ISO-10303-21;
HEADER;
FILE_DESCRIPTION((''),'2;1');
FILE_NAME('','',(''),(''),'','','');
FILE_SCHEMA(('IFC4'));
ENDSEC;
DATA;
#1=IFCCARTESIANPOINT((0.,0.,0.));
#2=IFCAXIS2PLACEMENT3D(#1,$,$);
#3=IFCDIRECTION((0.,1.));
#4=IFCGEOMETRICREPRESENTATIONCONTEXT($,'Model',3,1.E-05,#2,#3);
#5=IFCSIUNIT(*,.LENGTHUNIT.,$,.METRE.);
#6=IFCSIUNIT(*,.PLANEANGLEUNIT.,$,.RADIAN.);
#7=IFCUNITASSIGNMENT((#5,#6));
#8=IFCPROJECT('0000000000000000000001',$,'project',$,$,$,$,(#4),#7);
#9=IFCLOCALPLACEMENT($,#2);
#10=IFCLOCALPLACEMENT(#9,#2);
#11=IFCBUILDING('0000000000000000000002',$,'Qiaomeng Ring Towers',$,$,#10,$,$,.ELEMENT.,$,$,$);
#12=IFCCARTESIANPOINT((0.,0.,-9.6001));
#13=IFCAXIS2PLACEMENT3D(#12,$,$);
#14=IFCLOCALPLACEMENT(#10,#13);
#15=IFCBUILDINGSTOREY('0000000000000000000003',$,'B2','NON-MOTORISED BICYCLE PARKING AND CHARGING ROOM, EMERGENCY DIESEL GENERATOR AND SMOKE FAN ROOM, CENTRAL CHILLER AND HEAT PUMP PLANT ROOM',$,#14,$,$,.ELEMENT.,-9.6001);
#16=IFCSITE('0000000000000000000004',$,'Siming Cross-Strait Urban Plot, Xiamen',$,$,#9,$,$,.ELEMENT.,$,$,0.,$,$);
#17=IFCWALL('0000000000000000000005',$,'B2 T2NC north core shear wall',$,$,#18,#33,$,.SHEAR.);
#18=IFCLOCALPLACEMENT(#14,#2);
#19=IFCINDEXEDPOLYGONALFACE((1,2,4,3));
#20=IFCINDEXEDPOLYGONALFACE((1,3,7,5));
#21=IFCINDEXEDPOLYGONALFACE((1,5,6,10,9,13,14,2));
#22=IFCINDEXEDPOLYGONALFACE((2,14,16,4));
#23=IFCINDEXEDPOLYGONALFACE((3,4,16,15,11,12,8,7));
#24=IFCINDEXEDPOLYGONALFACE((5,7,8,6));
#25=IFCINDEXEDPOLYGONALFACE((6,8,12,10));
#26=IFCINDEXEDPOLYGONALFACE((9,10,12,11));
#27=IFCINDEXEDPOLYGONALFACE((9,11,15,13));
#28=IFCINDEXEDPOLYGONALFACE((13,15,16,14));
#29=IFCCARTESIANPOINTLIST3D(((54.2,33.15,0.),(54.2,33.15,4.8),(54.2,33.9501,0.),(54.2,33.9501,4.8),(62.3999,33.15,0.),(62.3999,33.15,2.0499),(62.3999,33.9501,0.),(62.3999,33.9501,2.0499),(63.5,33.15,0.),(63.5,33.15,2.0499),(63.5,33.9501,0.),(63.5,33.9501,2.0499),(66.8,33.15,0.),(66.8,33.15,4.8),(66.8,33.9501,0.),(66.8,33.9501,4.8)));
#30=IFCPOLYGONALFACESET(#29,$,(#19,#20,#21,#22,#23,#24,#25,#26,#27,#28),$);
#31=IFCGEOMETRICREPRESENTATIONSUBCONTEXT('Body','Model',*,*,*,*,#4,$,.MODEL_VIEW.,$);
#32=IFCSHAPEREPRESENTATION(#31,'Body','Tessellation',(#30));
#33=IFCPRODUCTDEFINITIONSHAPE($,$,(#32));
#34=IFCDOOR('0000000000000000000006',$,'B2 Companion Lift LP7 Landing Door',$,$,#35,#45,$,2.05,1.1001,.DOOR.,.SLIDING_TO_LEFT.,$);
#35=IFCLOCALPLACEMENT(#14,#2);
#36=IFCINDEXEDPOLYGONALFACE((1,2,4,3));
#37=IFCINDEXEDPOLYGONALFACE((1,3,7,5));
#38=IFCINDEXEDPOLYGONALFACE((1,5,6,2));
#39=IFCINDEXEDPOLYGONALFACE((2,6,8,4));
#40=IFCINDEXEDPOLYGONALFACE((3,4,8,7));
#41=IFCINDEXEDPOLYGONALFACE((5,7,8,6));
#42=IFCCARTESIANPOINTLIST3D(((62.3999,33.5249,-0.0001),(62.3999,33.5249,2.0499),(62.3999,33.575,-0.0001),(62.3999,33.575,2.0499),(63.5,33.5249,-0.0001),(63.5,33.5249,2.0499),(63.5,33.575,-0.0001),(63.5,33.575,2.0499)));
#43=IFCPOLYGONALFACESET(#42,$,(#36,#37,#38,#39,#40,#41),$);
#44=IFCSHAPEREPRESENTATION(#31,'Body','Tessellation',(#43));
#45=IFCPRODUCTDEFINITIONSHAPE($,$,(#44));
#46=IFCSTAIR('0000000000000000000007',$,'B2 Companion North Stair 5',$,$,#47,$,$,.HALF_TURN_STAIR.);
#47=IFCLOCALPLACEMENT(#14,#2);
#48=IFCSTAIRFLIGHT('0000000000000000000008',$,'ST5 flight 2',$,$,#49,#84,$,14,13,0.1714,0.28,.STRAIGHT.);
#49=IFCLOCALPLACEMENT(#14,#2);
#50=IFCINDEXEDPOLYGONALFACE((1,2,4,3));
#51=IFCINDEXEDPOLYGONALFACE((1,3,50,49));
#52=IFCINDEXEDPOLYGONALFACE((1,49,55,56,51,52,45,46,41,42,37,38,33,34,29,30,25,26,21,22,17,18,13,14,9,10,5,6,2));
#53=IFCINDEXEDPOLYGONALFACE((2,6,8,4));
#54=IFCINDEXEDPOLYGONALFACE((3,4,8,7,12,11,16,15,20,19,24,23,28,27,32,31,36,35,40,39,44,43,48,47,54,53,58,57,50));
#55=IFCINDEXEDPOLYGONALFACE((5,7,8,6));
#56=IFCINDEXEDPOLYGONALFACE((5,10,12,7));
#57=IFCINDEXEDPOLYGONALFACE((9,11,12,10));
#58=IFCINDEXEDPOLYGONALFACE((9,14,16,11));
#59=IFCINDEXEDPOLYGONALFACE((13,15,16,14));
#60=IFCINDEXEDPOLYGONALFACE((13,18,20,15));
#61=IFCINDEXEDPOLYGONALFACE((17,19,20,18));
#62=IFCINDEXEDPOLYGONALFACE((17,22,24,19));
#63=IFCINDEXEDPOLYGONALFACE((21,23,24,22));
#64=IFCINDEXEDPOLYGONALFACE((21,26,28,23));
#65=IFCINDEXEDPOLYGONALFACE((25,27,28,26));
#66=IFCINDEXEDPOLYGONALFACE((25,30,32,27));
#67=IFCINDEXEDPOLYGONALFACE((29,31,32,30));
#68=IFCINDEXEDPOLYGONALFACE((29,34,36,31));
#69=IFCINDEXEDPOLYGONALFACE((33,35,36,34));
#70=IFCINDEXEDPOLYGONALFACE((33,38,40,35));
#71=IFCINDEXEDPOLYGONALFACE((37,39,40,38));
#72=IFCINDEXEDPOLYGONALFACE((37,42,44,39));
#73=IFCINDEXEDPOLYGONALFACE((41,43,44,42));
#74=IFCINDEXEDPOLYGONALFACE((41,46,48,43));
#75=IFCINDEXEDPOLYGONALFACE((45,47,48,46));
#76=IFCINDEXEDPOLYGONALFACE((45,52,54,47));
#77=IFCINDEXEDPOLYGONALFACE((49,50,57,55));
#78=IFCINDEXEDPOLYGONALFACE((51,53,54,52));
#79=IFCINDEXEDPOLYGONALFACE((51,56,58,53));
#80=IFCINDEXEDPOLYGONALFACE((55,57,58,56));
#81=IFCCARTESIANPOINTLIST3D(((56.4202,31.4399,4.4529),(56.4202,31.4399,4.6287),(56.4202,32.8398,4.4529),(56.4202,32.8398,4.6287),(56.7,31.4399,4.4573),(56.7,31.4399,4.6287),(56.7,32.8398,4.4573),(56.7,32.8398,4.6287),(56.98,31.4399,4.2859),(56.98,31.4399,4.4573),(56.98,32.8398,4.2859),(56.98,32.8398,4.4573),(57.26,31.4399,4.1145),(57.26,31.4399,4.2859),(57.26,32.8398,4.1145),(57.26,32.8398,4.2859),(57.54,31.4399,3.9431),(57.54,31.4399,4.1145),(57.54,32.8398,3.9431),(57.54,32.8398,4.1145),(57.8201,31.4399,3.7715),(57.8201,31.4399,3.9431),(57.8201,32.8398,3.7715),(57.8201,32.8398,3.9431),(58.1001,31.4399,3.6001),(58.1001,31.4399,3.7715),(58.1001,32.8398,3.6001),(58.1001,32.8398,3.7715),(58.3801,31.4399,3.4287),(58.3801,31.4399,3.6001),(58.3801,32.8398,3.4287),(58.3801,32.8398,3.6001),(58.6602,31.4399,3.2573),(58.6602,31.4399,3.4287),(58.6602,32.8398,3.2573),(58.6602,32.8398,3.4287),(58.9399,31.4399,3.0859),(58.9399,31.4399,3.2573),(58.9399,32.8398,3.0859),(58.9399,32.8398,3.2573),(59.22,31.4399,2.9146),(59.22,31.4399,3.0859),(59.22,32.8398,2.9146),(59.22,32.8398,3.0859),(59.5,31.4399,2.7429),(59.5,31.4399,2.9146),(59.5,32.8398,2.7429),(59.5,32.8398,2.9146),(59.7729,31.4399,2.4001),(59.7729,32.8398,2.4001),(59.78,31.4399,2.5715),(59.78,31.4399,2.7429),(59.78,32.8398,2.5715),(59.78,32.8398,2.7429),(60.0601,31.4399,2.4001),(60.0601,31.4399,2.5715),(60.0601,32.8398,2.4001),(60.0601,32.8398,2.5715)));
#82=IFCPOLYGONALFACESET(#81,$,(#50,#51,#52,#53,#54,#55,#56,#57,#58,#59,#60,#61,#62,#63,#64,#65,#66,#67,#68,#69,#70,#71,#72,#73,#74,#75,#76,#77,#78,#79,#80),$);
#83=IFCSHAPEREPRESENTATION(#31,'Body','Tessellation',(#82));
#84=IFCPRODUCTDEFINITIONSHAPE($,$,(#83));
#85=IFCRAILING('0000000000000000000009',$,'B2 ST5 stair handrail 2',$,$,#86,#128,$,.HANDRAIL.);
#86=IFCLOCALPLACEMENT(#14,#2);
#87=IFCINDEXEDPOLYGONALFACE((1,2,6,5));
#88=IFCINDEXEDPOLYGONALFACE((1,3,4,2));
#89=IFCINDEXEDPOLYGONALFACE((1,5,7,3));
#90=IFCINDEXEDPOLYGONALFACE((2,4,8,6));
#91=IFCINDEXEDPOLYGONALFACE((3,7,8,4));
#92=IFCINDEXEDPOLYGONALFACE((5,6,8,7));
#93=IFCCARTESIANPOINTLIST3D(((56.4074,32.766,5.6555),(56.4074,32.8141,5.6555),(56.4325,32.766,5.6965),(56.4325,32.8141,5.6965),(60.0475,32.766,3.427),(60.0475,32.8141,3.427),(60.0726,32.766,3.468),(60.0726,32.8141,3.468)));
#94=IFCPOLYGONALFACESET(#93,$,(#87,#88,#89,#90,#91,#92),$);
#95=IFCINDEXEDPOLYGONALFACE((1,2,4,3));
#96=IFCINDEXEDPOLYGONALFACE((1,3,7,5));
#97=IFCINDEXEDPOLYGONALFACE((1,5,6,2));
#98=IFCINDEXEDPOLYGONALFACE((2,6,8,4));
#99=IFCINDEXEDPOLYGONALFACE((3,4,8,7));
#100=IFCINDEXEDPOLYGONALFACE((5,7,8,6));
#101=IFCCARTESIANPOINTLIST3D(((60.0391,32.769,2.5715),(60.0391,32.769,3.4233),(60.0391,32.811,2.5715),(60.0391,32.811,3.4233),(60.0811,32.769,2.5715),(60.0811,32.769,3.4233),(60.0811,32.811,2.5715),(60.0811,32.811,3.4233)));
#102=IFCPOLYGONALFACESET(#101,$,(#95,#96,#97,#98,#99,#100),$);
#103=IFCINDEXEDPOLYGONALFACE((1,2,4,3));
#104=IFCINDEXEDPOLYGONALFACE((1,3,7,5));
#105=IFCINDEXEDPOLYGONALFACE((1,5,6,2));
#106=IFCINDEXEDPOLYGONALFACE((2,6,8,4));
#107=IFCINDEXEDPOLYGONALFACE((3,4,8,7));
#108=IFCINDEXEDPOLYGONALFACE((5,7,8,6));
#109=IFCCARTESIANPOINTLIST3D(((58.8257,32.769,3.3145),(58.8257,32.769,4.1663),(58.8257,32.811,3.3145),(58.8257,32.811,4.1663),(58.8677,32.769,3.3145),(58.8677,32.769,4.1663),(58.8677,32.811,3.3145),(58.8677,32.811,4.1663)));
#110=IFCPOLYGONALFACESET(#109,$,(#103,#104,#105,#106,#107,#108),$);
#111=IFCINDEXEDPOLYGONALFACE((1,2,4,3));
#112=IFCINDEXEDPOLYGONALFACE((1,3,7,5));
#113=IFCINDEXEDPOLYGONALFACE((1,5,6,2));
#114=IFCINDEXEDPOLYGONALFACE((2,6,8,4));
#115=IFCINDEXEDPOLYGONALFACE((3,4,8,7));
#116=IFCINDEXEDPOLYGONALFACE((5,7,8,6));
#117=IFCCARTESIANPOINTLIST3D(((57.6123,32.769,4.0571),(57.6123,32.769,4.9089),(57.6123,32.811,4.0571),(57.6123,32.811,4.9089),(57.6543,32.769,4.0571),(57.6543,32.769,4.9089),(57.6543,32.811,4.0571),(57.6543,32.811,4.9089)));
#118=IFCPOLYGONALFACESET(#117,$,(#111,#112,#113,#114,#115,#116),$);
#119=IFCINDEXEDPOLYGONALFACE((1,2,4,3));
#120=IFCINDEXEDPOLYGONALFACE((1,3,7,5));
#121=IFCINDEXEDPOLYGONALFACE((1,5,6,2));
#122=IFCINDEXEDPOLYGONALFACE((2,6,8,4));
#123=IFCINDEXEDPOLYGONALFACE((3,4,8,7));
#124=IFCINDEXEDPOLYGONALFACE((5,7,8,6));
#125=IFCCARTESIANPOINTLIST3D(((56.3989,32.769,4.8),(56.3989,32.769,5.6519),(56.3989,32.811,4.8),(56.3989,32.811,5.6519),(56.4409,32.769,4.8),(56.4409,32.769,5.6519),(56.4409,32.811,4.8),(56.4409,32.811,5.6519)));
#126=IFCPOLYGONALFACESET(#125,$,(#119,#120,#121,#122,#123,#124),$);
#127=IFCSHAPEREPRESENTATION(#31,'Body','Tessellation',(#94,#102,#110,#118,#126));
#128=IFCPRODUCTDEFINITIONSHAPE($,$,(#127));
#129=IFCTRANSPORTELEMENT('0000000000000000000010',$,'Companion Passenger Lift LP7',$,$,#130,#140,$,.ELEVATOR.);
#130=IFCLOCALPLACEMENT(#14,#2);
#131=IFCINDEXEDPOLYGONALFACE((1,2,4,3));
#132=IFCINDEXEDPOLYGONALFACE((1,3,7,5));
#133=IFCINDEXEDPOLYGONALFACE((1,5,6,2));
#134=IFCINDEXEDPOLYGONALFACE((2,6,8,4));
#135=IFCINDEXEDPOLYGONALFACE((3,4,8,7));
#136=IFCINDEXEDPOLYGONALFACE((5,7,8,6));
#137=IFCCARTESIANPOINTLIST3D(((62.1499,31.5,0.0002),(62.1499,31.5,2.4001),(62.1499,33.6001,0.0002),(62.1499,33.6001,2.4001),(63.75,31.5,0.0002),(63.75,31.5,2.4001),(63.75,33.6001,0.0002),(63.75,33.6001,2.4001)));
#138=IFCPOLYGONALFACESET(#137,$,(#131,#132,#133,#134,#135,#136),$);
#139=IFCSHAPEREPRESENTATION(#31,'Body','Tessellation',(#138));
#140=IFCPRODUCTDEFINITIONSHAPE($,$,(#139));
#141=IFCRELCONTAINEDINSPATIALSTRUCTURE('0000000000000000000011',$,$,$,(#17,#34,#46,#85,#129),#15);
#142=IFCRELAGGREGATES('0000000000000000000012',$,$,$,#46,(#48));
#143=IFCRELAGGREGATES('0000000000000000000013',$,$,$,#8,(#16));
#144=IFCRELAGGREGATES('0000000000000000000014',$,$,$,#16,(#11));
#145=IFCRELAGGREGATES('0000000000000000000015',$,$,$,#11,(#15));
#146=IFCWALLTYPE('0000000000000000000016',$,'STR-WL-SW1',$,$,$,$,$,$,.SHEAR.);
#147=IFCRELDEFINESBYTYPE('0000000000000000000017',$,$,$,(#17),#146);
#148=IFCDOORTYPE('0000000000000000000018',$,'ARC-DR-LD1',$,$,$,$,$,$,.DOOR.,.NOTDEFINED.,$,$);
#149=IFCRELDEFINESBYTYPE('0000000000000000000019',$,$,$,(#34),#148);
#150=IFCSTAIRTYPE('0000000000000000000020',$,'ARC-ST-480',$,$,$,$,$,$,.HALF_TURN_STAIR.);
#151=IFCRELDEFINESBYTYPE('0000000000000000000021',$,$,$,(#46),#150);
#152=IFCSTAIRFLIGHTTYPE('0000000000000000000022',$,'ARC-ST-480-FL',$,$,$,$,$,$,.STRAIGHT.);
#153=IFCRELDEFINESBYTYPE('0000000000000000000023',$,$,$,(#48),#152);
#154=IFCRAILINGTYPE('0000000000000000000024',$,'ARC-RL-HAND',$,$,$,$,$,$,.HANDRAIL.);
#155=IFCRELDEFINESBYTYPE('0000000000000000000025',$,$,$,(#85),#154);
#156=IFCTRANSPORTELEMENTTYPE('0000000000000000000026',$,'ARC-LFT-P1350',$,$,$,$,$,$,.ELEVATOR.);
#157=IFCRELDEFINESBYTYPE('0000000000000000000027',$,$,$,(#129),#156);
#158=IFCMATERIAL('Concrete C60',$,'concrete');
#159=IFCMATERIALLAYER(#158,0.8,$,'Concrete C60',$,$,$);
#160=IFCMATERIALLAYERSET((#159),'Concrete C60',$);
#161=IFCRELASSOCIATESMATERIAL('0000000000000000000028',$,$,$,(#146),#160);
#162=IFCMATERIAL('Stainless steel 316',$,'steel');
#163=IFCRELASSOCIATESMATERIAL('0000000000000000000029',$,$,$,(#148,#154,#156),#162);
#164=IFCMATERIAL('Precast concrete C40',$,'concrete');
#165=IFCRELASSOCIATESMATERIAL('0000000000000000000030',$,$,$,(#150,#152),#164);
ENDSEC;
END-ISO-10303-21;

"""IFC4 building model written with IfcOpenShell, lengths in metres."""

from ifc_helpers import new_model, si_unit, direction, frame, frame_2d, origin, origin_2d, place, context, subcontext, project, spatial, polyline, rectangle, outline, extrude, source, transform, mapped, material, layer, layer_set, type_object, element, fill, aggregate, save


model = new_model("IFC4")

# Units and contexts
model_context = context("Model", 3, precision=1e-05, world=origin(), true_north=direction((0.0, 1.0)))
body_context = subcontext(model_context, "Body", "Model", "MODEL_VIEW")
ifc_project = project(units=[si_unit("LENGTHUNIT", "METRE"), si_unit("PLANEANGLEUNIT", "RADIAN")], contexts=[model_context])

# Site, building, storey
site_placement = place(None, origin())
site = spatial("IfcSite", under=ifc_project, at=site_placement, Name="Siming Cross-Strait Urban Plot, Xiamen", CompositionType="ELEMENT", RefElevation=0.0)
building_placement = place(site_placement, origin())
building = spatial("IfcBuilding", under=site, at=building_placement, Name="Qiaomeng Ring Towers", CompositionType="ELEMENT")
storey_placement = place(building_placement, frame((0.0, 0.0, -9.6001)))
storey = spatial("IfcBuildingStorey", under=building, at=storey_placement, Name="B2", Description="NON-MOTORISED BICYCLE PARKING AND CHARGING ROOM, EMERGENCY DIESEL GENERATOR AND SMOKE FAN ROOM, CENTRAL CHILLER AND HEAT PUMP PLANT ROOM", CompositionType="ELEMENT", Elevation=-9.6001)

# Shared definitions
ifc_material_1 = material(Name="Concrete C60", Category="concrete")

# Shared definitions
shared_shape_1 = source(origin(), body_context, "Body", "SweptSolid", [
    extrude(rectangle(XDim=1.1001, YDim=2.05, at=frame_2d((0.55, 1.0249))), frame((0.0, 0.0249, 0.0), z_axis=(0.0, -1.0, 0.0), x_axis=(1.0, 0.0, 0.0)), (0.0, 0.0, 1.0), 0.05),
])

# Wall, opening, door
ifc_layer_1 = layer(ifc_material_1, 0.8, Name="Concrete C60")
ifc_layer_set_1 = layer_set([ifc_layer_1], Name="Concrete C60")
wall_type_1 = type_object("IfcWallType", Name="STR-WL-SW1", PredefinedType="SHEAR", material=ifc_layer_set_1)
wall_1_placement = place(storey_placement, frame((54.2, 33.55, 0.0), z_axis=(0.0, 0.0, 1.0), x_axis=(1.0, 0.0, 0.0)))
wall_1 = element("IfcWall", 1, at=wall_1_placement, inside=storey, type_object=wall_type_1, Name="B2 T2NC north core shear wall", PredefinedType="SHEAR", context=body_context, shape_type="SweptSolid", body=[
    extrude(rectangle(XDim=12.6001, YDim=0.8, at=frame_2d((6.3, 0.0))), origin(), (0.0, 0.0, 1.0), 4.8),
])
opening_1_placement = place(wall_1_placement, frame((8.2, 0.0, 0.0)))
opening_1 = element("IfcOpeningElement", 2, at=opening_1_placement, cuts=wall_1, PredefinedType="OPENING", context=body_context, shape_type="SweptSolid", body=[
    extrude(rectangle(XDim=1.1001, YDim=2.05, at=frame_2d((0.55, 1.0249))), frame((0.0, 0.4099, 0.0), z_axis=(0.0, -1.0, 0.0), x_axis=(1.0, 0.0, 0.0)), (0.0, 0.0, 1.0), 0.8201),
])
ifc_material_2 = material(Name="Stainless steel 316", Category="steel")
door_type_1 = type_object("IfcDoorType", Name="ARC-DR-LD1", OperationType="NOTDEFINED", PredefinedType="DOOR", material=ifc_material_2)
door_1_placement = place(opening_1_placement, origin())
door_1 = element("IfcDoor", 3, at=door_1_placement, inside=storey, type_object=door_type_1, Name="B2 Companion Lift LP7 Landing Door", OperationType="SLIDING_TO_LEFT", OverallHeight=2.05, OverallWidth=1.1001, PredefinedType="DOOR", context=body_context, shape_type="MappedRepresentation", body=[
    mapped(shared_shape_1, transform((0.0, 0.0, 0.0), x_axis=(1.0, 0.0, 0.0), y_axis=(0.0, 1.0, 0.0), z_axis=(0.0, 0.0, 1.0), scale=1.0)),
])
fill(opening_1, door_1)

# Stair, stair flight
ifc_material_3 = material(Name="Precast concrete C40", Category="concrete")
stair_type = type_object("IfcStairType", Name="ARC-ST-480", PredefinedType="HALF_TURN_STAIR", material=ifc_material_3)
stair_placement = place(storey_placement, origin())
stair = element("IfcStair", 4, at=stair_placement, inside=storey, type_object=stair_type, Name="B2 Companion North Stair 5", PredefinedType="HALF_TURN_STAIR")
stair_flight_type = type_object("IfcStairFlightType", Name="ARC-ST-480-FL", PredefinedType="STRAIGHT", material=ifc_material_3)
shared_shape_2 = source(origin(), body_context, "Body", "SweptSolid", [
    extrude(outline(polyline([(0.0, 0.0), (0.0, 0.1714), (0.28, 0.1714), (0.28, 0.3428), (0.5601, 0.3428), (0.5601, 0.5144), (0.8401, 0.5144), (0.8401, 0.6858), (1.1201, 0.6858), (1.1201, 0.8572), (1.3999, 0.8572), (1.3999, 1.0286), (1.6799, 1.0286), (1.6799, 1.2), (1.96, 1.2), (1.96, 1.3713), (2.24, 1.3713), (2.24, 1.543), (2.52, 1.543), (2.52, 1.7144), (2.8, 1.7144), (2.8, 1.8857), (3.0801, 1.8857), (3.0801, 2.0571), (3.3601, 2.0571), (3.3601, 2.2285), (3.6399, 2.2285), (3.6399, 2.3999), (3.6399, 2.0527), (0.2871, 0.0), (0.0, 0.0)])), frame((0.0, 0.7, 0.0), z_axis=(0.0, -1.0, 0.0), x_axis=(1.0, 0.0, 0.0)), (0.0, 0.0, 1.0), 1.3999),
])
stair_flight_placement = place(storey_placement, frame((60.0601, 32.1399, 2.4001), z_axis=(0.0, 0.0, 1.0), x_axis=(-1.0, 0.0, 0.0)))
stair_flight = element("IfcStairFlight", 5, at=stair_flight_placement, type_object=stair_flight_type, Name="ST5 flight 2", NumberOfRisers=14, NumberOfTreads=13, PredefinedType="STRAIGHT", RiserHeight=0.1714, TreadLength=0.28, context=body_context, shape_type="MappedRepresentation", body=[
    mapped(shared_shape_2, transform((0.0, 0.0, 0.0), x_axis=(1.0, 0.0, 0.0), y_axis=(0.0, 1.0, 0.0), z_axis=(0.0, 0.0, 1.0), scale=1.0)),
])
aggregate(stair, [stair_flight])

# Railing
railing_type = type_object("IfcRailingType", Name="ARC-RL-HAND", PredefinedType="HANDRAIL", material=ifc_material_2)
railing_placement = place(storey_placement, frame((60.0601, 32.79, 2.5715)))
element("IfcRailing", 6, at=railing_placement, inside=storey, type_object=railing_type, Name="B2 ST5 stair handrail 2", PredefinedType="HANDRAIL", context=body_context, shape_type="SweptSolid", body=[
    extrude(rectangle(XDim=0.0481, YDim=0.0481, at=origin_2d()), frame((0.0, 0.0, 0.876), z_axis=(-0.852866, 0.0, 0.52213), x_axis=(0.0, -1.0, 0.0)), (0.0, 0.0, 1.0), 4.2681),
    extrude(rectangle(XDim=0.042, YDim=0.042, at=origin_2d()), origin(), (0.0, 0.0, 1.0), 0.8518),
    extrude(rectangle(XDim=0.042, YDim=0.042, at=origin_2d()), frame((-1.2134, 0.0, 0.7429)), (0.0, 0.0, 1.0), 0.8518),
    extrude(rectangle(XDim=0.042, YDim=0.042, at=origin_2d()), frame((-2.4268, 0.0, 1.4856)), (0.0, 0.0, 1.0), 0.8518),
    extrude(rectangle(XDim=0.042, YDim=0.042, at=origin_2d()), frame((-3.6401, 0.0, 2.2285)), (0.0, 0.0, 1.0), 0.8518),
])

# Transport element
transport_element_type = type_object("IfcTransportElementType", Name="ARC-LFT-P1350", PredefinedType="ELEVATOR", material=ifc_material_2)
shared_shape_3 = source(origin(), body_context, "Body", "SweptSolid", [
    extrude(rectangle(XDim=1.6001, YDim=2.1001, at=origin_2d()), origin(), (0.0, 0.0, 1.0), 2.3999),
])
transport_element_placement = place(storey_placement, frame((62.95, 32.55, 0.0002), z_axis=(0.0, 0.0, 1.0), x_axis=(1.0, 0.0, 0.0)))
element("IfcTransportElement", 7, at=transport_element_placement, inside=storey, type_object=transport_element_type, Name="Companion Passenger Lift LP7", PredefinedType="ELEVATOR", context=body_context, shape_type="MappedRepresentation", body=[
    mapped(shared_shape_3, transform((0.0, 0.0, 0.0), x_axis=(1.0, 0.0, 0.0), y_axis=(0.0, 1.0, 0.0), z_axis=(0.0, 0.0, 1.0), scale=1.0)),
])

save(model, "model.ifc")
